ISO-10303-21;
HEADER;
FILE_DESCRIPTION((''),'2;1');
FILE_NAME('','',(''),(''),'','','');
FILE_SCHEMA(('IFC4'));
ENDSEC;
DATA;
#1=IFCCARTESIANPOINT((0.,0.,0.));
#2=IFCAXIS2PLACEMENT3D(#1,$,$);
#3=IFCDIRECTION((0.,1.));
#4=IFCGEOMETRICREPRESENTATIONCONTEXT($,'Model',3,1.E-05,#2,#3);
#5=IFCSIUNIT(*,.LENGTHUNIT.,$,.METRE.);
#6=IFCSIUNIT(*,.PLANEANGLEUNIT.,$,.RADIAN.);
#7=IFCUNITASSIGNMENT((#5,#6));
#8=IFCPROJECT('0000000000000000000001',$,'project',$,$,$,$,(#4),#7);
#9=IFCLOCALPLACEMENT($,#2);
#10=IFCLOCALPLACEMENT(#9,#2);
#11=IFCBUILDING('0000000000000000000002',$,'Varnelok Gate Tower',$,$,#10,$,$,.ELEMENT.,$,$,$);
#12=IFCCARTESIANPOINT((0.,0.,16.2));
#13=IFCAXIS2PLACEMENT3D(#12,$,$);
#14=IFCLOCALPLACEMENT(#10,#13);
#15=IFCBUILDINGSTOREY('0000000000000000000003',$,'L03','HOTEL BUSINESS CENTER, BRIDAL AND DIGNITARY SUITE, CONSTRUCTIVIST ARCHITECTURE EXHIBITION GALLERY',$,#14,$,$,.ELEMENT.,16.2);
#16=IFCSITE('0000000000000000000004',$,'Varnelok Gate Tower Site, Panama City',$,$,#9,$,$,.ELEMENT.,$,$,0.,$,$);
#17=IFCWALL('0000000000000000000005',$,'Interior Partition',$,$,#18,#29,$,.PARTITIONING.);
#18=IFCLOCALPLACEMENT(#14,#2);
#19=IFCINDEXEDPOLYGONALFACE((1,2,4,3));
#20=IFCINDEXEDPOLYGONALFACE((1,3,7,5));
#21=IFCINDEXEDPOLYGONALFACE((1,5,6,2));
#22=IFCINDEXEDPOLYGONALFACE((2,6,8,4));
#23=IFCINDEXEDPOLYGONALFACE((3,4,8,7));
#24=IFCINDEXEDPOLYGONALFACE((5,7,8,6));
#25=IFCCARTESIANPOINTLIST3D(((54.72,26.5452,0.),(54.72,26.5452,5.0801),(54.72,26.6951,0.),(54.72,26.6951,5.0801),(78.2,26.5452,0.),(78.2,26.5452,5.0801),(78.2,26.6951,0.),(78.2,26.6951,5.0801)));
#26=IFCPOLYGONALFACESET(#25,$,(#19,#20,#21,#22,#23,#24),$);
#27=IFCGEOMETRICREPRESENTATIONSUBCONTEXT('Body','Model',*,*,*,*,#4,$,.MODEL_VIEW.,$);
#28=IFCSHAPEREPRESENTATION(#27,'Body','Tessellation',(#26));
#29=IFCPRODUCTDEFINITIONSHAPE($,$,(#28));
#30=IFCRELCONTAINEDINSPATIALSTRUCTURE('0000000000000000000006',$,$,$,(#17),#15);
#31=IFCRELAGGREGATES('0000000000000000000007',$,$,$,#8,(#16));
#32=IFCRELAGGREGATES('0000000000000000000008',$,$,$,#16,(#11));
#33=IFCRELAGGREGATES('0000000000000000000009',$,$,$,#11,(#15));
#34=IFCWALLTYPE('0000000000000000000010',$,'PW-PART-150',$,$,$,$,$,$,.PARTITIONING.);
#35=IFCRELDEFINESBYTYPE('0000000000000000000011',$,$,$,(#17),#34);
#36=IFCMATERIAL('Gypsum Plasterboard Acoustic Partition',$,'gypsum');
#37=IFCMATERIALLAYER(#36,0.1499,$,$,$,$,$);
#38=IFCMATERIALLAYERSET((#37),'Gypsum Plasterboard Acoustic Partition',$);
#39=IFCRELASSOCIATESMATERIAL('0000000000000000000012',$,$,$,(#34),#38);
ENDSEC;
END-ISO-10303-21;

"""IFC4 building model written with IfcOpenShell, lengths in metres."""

from ifc_helpers import new_model, si_unit, direction, frame, frame_2d, origin, place, context, subcontext, project, spatial, rectangle, extrude, material, layer, layer_set, type_object, element, save


model = new_model("IFC4")

# Units and contexts
model_context = context("Model", 3, precision=1e-05, world=origin(), true_north=direction((0.0, 1.0)))
body_context = subcontext(model_context, "Body", "Model", "MODEL_VIEW")
ifc_project = project(units=[si_unit("LENGTHUNIT", "METRE"), si_unit("PLANEANGLEUNIT", "RADIAN")], contexts=[model_context])

# Site, building, storey
site_placement = place(None, origin())
site = spatial("IfcSite", under=ifc_project, at=site_placement, Name="Varnelok Gate Tower Site, Panama City", CompositionType="ELEMENT", RefElevation=0.0)
building_placement = place(site_placement, origin())
building = spatial("IfcBuilding", under=site, at=building_placement, Name="Varnelok Gate Tower", CompositionType="ELEMENT")
storey_placement = place(building_placement, frame((0.0, 0.0, 16.2)))
storey = spatial("IfcBuildingStorey", under=building, at=storey_placement, Name="L03", Description="HOTEL BUSINESS CENTER, BRIDAL AND DIGNITARY SUITE, CONSTRUCTIVIST ARCHITECTURE EXHIBITION GALLERY", CompositionType="ELEMENT", Elevation=16.2)

# Shared definitions
ifc_material_1 = material(Name="Gypsum Plasterboard Acoustic Partition", Category="gypsum")
ifc_layer_1 = layer(ifc_material_1, 0.1499)
ifc_layer_set_1 = layer_set([ifc_layer_1], Name="Gypsum Plasterboard Acoustic Partition")
wall_type = type_object("IfcWallType", Name="PW-PART-150", PredefinedType="PARTITIONING", material=ifc_layer_set_1)

# Wall
wall_1_placement = place(storey_placement, frame((54.72, 26.6201, 0.0), z_axis=(0.0, 0.0, 1.0), x_axis=(1.0, 0.0, 0.0)))
element("IfcWall", 1, at=wall_1_placement, inside=storey, type_object=wall_type, Name="Interior Partition", PredefinedType="PARTITIONING", context=body_context, shape_type="SweptSolid", body=[
    extrude(rectangle(XDim=23.48, YDim=0.1499, at=frame_2d((11.74, 0.0))), origin(), (0.0, 0.0, 1.0), 5.0801),
])

save(model, "model.ifc")
